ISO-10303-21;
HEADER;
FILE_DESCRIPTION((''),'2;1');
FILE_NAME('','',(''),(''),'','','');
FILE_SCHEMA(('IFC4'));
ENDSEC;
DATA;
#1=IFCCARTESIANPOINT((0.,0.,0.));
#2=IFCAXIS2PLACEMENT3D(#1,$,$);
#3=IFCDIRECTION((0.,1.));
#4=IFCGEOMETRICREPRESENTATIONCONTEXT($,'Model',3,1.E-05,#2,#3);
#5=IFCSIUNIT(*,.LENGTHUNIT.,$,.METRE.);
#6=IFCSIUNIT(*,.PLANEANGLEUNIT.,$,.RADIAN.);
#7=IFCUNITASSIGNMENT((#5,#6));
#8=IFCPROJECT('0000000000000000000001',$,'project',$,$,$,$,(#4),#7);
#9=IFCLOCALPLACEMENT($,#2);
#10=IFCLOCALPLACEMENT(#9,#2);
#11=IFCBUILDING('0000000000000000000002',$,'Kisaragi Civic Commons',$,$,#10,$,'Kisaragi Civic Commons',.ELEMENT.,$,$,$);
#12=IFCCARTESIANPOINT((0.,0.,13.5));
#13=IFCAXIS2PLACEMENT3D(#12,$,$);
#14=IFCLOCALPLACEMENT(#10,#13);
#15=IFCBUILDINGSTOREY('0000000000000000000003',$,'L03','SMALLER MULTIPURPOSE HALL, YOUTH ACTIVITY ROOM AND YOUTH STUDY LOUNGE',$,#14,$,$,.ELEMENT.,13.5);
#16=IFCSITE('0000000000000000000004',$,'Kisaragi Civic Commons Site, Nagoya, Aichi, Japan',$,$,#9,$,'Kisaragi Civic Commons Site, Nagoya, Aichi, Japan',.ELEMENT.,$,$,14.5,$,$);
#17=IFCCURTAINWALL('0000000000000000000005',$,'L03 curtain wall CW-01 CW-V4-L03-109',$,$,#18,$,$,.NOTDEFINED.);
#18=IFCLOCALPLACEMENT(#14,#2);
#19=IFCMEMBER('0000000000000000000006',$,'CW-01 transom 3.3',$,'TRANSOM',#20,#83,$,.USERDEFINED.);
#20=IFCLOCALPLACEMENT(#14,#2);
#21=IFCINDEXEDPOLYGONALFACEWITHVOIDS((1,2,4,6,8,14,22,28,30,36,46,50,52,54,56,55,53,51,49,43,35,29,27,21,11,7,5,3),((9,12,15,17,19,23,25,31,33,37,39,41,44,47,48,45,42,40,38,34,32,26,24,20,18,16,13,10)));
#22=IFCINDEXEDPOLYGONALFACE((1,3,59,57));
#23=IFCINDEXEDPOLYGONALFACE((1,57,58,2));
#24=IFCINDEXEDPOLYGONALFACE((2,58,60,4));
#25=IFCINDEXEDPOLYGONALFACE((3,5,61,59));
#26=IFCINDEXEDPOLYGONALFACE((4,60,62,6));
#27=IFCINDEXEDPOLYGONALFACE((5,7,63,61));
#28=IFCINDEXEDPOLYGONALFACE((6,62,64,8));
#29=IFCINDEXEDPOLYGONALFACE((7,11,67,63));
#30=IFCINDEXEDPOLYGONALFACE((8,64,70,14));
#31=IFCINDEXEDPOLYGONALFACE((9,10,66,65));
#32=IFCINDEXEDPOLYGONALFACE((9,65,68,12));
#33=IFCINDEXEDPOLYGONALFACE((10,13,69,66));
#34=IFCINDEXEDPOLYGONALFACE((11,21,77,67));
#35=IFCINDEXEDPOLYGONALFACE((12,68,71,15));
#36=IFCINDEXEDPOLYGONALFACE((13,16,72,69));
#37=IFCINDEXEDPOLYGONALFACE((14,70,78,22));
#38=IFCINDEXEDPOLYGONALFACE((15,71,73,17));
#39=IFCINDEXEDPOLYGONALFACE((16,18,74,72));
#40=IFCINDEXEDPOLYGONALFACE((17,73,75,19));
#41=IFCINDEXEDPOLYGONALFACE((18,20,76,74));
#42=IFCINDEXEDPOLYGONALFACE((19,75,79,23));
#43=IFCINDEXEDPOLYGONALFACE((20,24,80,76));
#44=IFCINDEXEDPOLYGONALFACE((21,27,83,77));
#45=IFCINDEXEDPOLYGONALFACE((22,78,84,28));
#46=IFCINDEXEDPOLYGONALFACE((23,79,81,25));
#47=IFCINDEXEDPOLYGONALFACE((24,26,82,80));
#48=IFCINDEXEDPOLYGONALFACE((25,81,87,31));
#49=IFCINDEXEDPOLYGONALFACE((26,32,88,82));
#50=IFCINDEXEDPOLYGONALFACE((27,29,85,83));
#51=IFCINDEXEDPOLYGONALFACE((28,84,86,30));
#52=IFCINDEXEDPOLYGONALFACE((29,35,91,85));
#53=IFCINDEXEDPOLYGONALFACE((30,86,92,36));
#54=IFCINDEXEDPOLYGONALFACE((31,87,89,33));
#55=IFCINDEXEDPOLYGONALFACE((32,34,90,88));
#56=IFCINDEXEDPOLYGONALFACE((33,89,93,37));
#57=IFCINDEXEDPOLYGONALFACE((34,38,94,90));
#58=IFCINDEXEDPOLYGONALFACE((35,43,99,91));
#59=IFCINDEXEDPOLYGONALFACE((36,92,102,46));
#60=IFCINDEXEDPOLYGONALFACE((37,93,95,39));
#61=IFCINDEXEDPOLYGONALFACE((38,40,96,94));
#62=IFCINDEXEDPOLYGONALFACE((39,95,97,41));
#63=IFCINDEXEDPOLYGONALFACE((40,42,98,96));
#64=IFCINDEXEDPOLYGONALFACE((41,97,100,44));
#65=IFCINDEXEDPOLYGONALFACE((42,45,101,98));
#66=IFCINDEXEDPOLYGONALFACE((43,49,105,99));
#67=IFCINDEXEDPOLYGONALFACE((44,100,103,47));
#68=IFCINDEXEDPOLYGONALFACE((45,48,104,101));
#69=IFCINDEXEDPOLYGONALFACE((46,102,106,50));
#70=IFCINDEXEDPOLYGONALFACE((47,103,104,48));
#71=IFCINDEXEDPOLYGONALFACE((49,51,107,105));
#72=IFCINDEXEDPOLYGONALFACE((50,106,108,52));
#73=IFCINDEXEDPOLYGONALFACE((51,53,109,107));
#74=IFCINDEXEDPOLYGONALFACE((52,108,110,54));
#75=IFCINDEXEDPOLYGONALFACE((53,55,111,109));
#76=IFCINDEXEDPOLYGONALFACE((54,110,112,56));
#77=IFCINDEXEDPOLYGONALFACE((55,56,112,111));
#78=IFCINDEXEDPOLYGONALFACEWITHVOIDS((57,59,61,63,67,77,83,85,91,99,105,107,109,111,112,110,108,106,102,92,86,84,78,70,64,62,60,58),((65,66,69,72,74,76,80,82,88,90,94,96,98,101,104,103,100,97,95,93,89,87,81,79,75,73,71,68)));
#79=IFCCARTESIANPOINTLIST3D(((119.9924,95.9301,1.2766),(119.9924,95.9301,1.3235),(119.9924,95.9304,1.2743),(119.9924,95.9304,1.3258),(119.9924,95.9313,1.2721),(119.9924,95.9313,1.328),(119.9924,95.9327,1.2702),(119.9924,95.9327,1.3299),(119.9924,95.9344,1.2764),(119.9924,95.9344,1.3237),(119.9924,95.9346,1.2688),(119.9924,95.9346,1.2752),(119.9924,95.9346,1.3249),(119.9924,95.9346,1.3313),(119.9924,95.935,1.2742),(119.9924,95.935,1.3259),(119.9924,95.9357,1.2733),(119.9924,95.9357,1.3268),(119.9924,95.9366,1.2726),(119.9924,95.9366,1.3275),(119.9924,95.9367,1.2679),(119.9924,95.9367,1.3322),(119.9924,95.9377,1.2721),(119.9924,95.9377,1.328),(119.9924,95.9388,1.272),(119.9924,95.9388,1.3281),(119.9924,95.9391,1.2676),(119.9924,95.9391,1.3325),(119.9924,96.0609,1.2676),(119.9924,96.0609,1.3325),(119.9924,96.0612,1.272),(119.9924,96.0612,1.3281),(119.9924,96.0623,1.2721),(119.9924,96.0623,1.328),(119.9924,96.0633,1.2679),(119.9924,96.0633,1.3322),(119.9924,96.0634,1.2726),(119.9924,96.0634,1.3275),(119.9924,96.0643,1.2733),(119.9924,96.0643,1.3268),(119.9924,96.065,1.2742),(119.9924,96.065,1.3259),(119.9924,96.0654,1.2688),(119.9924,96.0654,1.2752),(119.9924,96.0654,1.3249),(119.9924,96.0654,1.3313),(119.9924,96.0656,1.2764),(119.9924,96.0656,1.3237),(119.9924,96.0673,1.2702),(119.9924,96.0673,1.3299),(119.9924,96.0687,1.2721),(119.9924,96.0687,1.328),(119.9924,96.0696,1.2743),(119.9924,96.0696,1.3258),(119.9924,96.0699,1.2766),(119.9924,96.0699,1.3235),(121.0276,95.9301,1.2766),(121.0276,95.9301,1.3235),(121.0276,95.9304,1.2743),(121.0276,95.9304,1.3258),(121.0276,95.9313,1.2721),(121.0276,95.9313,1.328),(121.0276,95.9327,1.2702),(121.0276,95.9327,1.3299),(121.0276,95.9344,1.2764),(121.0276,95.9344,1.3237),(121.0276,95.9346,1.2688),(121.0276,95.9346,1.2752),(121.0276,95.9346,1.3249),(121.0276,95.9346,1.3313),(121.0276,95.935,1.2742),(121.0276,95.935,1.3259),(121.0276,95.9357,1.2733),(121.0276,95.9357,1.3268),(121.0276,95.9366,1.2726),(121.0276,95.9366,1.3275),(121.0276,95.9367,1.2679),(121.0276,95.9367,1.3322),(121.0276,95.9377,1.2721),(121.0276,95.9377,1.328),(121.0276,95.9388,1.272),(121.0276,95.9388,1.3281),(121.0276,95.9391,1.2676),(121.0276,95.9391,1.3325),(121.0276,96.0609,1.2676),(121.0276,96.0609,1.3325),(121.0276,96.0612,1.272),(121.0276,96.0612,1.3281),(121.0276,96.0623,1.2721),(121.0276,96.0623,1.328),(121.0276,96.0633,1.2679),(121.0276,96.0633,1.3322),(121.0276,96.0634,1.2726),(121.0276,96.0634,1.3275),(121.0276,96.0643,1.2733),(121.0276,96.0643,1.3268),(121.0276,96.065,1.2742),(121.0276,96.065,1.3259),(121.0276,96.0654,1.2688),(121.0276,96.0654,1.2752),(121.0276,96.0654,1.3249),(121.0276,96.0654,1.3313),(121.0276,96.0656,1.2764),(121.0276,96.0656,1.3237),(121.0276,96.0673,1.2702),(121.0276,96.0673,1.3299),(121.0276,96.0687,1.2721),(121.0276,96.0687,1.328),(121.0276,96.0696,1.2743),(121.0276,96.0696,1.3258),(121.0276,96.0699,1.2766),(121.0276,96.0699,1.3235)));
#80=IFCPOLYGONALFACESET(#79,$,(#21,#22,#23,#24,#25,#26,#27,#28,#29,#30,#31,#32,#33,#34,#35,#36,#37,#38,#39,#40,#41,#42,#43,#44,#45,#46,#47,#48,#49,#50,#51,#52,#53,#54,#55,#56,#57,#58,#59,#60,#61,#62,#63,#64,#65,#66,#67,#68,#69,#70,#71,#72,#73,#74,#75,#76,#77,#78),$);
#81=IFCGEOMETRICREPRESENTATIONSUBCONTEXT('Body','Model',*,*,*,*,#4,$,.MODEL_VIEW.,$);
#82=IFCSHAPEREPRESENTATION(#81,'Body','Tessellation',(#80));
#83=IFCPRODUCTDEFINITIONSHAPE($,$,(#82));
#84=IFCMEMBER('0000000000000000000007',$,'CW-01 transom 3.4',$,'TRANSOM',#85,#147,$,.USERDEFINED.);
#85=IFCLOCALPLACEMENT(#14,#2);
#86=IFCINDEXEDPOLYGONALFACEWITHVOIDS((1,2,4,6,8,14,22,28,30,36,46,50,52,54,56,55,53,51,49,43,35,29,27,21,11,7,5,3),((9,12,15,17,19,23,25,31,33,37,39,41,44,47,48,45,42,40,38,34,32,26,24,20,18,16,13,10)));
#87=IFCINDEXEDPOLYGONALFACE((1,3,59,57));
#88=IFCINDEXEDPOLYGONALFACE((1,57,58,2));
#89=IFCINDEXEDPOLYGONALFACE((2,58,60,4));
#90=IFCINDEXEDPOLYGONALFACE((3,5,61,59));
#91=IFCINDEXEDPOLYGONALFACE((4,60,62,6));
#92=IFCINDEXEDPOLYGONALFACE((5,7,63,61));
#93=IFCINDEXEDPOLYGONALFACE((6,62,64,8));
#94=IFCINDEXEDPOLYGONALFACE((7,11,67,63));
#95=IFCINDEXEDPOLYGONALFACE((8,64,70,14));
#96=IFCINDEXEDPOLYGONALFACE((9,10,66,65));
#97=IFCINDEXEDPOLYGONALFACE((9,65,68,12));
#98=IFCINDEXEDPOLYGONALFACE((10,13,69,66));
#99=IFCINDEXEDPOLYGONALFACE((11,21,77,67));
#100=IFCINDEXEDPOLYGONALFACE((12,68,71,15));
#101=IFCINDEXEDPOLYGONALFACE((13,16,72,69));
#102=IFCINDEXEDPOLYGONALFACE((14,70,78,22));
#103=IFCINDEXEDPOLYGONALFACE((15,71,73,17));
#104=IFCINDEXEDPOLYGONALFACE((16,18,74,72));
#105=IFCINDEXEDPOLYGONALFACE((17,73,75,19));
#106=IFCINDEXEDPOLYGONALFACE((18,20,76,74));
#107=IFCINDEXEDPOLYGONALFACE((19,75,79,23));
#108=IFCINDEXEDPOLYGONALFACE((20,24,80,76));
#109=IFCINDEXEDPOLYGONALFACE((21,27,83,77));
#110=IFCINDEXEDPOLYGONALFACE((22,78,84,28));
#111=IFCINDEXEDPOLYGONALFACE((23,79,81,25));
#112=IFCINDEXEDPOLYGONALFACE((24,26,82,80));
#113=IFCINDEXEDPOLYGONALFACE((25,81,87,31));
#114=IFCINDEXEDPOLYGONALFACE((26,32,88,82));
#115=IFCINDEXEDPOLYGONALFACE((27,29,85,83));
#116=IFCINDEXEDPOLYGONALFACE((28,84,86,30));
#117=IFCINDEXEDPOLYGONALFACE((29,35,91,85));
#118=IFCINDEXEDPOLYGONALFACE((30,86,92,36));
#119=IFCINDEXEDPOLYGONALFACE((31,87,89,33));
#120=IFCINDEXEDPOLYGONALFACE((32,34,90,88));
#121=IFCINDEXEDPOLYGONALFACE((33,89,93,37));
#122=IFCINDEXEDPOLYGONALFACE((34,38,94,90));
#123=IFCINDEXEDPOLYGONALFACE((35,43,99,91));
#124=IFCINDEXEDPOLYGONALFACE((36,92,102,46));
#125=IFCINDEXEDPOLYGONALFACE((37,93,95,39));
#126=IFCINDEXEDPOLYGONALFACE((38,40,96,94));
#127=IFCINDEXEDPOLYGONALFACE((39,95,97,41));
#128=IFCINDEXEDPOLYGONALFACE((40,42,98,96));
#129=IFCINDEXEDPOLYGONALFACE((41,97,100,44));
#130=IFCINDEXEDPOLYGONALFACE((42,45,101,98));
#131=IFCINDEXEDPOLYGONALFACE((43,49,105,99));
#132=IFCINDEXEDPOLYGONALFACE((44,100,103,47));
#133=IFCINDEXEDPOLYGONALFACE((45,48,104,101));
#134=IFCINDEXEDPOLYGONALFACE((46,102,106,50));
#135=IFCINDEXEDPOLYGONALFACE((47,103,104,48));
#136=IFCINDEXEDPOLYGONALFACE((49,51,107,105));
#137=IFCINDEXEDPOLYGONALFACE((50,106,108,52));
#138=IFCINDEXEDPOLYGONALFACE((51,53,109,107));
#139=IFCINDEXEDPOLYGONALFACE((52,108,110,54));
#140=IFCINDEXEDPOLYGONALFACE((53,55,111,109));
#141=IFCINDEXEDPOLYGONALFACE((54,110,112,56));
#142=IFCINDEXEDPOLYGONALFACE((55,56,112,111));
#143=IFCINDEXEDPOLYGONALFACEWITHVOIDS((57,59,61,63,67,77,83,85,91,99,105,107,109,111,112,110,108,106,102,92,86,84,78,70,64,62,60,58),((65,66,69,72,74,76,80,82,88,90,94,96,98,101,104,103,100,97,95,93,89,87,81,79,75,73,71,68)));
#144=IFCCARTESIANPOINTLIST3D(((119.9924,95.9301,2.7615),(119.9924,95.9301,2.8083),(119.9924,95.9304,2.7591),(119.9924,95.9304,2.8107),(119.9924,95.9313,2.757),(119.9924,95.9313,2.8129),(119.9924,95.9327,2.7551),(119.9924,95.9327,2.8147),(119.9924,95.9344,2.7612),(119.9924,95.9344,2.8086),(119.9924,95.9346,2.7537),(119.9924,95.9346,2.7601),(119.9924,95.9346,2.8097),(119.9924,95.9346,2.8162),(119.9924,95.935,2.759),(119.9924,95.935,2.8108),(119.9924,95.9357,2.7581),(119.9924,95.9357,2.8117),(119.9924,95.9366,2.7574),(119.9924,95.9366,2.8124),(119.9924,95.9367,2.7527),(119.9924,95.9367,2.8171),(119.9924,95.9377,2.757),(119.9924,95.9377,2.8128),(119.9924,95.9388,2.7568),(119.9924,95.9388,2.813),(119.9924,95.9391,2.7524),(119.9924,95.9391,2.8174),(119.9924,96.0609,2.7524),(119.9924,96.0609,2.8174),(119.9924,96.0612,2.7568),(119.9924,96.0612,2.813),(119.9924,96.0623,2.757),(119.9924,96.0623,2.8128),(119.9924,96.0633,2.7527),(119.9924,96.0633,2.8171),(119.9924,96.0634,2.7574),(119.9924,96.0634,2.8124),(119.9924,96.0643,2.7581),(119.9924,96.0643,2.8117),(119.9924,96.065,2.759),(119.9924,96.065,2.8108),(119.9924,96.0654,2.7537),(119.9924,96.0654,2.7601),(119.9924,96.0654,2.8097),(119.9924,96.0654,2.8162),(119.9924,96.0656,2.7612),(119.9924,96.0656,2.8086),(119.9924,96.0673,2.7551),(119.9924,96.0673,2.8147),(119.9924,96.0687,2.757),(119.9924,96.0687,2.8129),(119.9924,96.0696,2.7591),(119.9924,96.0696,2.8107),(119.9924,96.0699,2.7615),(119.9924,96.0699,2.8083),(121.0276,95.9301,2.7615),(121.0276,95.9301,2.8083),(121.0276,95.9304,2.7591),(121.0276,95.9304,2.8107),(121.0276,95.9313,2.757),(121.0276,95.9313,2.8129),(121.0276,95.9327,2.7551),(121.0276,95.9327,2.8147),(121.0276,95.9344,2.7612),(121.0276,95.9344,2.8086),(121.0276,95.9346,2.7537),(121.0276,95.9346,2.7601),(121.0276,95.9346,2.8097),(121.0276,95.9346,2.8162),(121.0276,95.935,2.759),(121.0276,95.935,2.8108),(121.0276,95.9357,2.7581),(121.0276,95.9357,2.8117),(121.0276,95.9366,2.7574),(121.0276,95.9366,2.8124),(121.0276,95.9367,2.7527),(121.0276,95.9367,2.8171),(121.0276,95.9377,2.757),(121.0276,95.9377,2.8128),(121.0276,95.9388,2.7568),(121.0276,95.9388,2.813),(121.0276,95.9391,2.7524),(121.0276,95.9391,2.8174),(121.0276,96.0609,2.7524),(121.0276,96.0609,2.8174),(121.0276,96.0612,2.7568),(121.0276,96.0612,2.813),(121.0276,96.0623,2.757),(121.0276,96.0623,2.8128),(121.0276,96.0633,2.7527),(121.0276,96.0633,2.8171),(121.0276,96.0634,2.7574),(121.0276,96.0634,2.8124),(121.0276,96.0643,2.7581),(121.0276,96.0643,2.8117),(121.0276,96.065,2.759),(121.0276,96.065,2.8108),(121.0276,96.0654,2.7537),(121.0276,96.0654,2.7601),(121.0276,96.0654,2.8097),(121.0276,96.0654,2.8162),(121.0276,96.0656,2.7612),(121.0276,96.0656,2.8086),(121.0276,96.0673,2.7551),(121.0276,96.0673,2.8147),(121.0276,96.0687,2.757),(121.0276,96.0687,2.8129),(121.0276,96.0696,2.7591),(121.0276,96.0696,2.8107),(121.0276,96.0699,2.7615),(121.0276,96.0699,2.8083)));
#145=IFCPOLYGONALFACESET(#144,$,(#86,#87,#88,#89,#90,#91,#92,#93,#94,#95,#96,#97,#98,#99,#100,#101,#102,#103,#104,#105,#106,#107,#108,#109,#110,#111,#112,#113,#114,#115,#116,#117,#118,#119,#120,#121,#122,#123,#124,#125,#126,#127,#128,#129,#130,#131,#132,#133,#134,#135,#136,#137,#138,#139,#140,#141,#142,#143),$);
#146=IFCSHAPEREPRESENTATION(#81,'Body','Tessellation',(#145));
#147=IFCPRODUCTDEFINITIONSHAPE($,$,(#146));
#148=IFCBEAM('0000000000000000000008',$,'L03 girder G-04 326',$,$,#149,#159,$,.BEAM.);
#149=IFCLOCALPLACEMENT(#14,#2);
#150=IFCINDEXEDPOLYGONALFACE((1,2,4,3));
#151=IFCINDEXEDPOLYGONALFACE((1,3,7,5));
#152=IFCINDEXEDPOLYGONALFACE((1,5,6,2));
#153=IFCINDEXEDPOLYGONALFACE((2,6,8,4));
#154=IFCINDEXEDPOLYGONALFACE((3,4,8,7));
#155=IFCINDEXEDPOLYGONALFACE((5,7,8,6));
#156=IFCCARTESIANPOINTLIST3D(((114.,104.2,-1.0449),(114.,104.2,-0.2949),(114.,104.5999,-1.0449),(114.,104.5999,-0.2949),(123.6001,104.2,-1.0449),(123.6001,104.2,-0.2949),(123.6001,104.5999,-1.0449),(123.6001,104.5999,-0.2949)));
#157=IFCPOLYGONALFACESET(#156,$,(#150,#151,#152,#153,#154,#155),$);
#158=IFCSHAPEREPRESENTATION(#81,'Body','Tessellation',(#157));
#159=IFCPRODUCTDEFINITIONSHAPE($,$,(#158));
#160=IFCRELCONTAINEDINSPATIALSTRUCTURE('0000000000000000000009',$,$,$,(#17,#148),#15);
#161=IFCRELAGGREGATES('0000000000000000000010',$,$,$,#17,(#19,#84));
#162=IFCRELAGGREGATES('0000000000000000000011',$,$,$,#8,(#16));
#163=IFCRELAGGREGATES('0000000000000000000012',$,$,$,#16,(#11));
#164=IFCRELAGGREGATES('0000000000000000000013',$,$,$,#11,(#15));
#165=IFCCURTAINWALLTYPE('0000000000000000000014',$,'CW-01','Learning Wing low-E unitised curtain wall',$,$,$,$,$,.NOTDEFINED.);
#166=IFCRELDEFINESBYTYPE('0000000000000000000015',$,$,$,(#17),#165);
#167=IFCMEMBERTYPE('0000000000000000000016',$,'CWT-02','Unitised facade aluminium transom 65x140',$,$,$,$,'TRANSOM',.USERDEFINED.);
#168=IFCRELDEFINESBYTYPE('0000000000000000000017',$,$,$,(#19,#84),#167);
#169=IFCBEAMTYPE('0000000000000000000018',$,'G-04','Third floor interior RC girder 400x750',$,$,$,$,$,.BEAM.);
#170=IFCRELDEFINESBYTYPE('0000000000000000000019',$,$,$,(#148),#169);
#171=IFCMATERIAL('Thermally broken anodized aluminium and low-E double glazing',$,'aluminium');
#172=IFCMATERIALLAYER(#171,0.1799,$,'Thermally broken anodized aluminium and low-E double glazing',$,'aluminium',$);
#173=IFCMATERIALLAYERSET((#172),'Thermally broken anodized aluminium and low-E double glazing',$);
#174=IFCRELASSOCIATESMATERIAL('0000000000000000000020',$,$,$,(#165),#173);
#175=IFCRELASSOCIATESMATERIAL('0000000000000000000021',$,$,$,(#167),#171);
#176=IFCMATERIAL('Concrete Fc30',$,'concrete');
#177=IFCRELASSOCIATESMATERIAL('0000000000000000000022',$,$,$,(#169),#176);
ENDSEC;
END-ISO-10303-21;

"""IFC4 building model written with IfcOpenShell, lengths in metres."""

from ifc_helpers import new_model, si_unit, direction, frame, origin, origin_2d, place, context, subcontext, project, spatial, rectangle, hollow_rectangle, extrude, material, layer, layer_set, material_profile, profile_set, type_object, element, aggregate, save


model = new_model("IFC4")

# Units and contexts
model_context = context("Model", 3, precision=1e-05, world=origin(), true_north=direction((0.0, 1.0)))
body_context = subcontext(model_context, "Body", "Model", "MODEL_VIEW")
ifc_project = project(units=[si_unit("LENGTHUNIT", "METRE"), si_unit("PLANEANGLEUNIT", "RADIAN")], contexts=[model_context])

# Site, building, storey
site_placement = place(None, origin())
site = spatial("IfcSite", under=ifc_project, at=site_placement, Name="Kisaragi Civic Commons Site, Nagoya, Aichi, Japan", LongName="Kisaragi Civic Commons Site, Nagoya, Aichi, Japan", CompositionType="ELEMENT", RefElevation=14.5)
building_placement = place(site_placement, origin())
building = spatial("IfcBuilding", under=site, at=building_placement, Name="Kisaragi Civic Commons", LongName="Kisaragi Civic Commons", CompositionType="ELEMENT")
storey_placement = place(building_placement, frame((0.0, 0.0, 13.5)))
storey = spatial("IfcBuildingStorey", under=building, at=storey_placement, Name="L03", Description="SMALLER MULTIPURPOSE HALL, YOUTH ACTIVITY ROOM AND YOUTH STUDY LOUNGE", CompositionType="ELEMENT", Elevation=13.5)

# Shared definitions
ifc_material_1 = material(Name="Concrete Fc30", Category="concrete")

# Curtain wall, members
ifc_material_2 = material(Name="Thermally broken anodized aluminium and low-E double glazing", Category="aluminium")
ifc_layer_1 = layer(ifc_material_2, 0.1799, Name="Thermally broken anodized aluminium and low-E double glazing", Category="aluminium")
ifc_layer_set_1 = layer_set([ifc_layer_1], Name="Thermally broken anodized aluminium and low-E double glazing")
curtain_wall_type = type_object("IfcCurtainWallType", Name="CW-01", Description="Learning Wing low-E unitised curtain wall", PredefinedType="NOTDEFINED", material=ifc_layer_set_1)
curtain_wall_placement = place(storey_placement, origin())
curtain_wall = element("IfcCurtainWall", 1, at=curtain_wall_placement, inside=storey, type_object=curtain_wall_type, Name="L03 curtain wall CW-01 CW-V4-L03-109", PredefinedType="NOTDEFINED")
ifc_material_profile_1 = material_profile(ifc_material_2, hollow_rectangle(XDim=0.1399, YDim=0.0649, WallThickness=0.0044, InnerFilletRadius=0.0044, OuterFilletRadius=0.009, at=origin_2d()), Name="CWT-65x140x4.5", Category="aluminium")
ifc_profile_set_1 = profile_set([ifc_material_profile_1], Name="Thermally broken anodized aluminium and low-E double glazing")
member_type_1 = type_object("IfcMemberType", Name="CWT-02", Description="Unitised facade aluminium transom 65x140", ElementType="TRANSOM", PredefinedType="USERDEFINED", material=ifc_profile_set_1)
member_1_placement = place(storey_placement, frame((121.0276, 96.0, 1.3), z_axis=(-1.0, 0.0, 0.0), x_axis=(0.0, -1.0, 0.0)))
member_1 = element("IfcMember", 2, at=member_1_placement, type_object=member_type_1, Name="CW-01 transom 3.3", ObjectType="TRANSOM", PredefinedType="USERDEFINED", context=body_context, shape_type="SweptSolid", body=[
    extrude(hollow_rectangle(XDim=0.1399, YDim=0.0649, WallThickness=0.0044, InnerFilletRadius=0.0044, OuterFilletRadius=0.009, at=origin_2d()), origin(), (0.0, 0.0, 1.0), 1.0352),
])
member_2_placement = place(storey_placement, frame((121.0276, 96.0, 2.7849), z_axis=(-1.0, 0.0, 0.0), x_axis=(0.0, -1.0, 0.0)))
member_2 = element("IfcMember", 3, at=member_2_placement, type_object=member_type_1, Name="CW-01 transom 3.4", ObjectType="TRANSOM", PredefinedType="USERDEFINED", context=body_context, shape_type="SweptSolid", body=[
    extrude(hollow_rectangle(XDim=0.1399, YDim=0.0649, WallThickness=0.0044, InnerFilletRadius=0.0044, OuterFilletRadius=0.009, at=origin_2d()), origin(), (0.0, 0.0, 1.0), 1.0352),
])

# Beam
ifc_material_profile_2 = material_profile(ifc_material_1, rectangle(XDim=0.3999, YDim=0.75, at=origin_2d()), Name="RC-400x750", Category="concrete")
ifc_profile_set_2 = profile_set([ifc_material_profile_2], Name="Concrete Fc30")
beam_type_1 = type_object("IfcBeamType", Name="G-04", Description="Third floor interior RC girder 400x750", PredefinedType="BEAM", material=ifc_profile_set_2)
beam_1_placement = place(storey_placement, frame((114.0, 104.3999, -0.6699), z_axis=(1.0, 0.0, 0.0), x_axis=(0.0, 1.0, 0.0)))
element("IfcBeam", 4, at=beam_1_placement, inside=storey, type_object=beam_type_1, Name="L03 girder G-04 326", PredefinedType="BEAM", context=body_context, shape_type="SweptSolid", body=[
    extrude(rectangle(XDim=0.3999, YDim=0.75, at=origin_2d()), origin(), (0.0, 0.0, 1.0), 9.6001),
])

aggregate(curtain_wall, [member_1, member_2])

save(model, "model.ifc")
